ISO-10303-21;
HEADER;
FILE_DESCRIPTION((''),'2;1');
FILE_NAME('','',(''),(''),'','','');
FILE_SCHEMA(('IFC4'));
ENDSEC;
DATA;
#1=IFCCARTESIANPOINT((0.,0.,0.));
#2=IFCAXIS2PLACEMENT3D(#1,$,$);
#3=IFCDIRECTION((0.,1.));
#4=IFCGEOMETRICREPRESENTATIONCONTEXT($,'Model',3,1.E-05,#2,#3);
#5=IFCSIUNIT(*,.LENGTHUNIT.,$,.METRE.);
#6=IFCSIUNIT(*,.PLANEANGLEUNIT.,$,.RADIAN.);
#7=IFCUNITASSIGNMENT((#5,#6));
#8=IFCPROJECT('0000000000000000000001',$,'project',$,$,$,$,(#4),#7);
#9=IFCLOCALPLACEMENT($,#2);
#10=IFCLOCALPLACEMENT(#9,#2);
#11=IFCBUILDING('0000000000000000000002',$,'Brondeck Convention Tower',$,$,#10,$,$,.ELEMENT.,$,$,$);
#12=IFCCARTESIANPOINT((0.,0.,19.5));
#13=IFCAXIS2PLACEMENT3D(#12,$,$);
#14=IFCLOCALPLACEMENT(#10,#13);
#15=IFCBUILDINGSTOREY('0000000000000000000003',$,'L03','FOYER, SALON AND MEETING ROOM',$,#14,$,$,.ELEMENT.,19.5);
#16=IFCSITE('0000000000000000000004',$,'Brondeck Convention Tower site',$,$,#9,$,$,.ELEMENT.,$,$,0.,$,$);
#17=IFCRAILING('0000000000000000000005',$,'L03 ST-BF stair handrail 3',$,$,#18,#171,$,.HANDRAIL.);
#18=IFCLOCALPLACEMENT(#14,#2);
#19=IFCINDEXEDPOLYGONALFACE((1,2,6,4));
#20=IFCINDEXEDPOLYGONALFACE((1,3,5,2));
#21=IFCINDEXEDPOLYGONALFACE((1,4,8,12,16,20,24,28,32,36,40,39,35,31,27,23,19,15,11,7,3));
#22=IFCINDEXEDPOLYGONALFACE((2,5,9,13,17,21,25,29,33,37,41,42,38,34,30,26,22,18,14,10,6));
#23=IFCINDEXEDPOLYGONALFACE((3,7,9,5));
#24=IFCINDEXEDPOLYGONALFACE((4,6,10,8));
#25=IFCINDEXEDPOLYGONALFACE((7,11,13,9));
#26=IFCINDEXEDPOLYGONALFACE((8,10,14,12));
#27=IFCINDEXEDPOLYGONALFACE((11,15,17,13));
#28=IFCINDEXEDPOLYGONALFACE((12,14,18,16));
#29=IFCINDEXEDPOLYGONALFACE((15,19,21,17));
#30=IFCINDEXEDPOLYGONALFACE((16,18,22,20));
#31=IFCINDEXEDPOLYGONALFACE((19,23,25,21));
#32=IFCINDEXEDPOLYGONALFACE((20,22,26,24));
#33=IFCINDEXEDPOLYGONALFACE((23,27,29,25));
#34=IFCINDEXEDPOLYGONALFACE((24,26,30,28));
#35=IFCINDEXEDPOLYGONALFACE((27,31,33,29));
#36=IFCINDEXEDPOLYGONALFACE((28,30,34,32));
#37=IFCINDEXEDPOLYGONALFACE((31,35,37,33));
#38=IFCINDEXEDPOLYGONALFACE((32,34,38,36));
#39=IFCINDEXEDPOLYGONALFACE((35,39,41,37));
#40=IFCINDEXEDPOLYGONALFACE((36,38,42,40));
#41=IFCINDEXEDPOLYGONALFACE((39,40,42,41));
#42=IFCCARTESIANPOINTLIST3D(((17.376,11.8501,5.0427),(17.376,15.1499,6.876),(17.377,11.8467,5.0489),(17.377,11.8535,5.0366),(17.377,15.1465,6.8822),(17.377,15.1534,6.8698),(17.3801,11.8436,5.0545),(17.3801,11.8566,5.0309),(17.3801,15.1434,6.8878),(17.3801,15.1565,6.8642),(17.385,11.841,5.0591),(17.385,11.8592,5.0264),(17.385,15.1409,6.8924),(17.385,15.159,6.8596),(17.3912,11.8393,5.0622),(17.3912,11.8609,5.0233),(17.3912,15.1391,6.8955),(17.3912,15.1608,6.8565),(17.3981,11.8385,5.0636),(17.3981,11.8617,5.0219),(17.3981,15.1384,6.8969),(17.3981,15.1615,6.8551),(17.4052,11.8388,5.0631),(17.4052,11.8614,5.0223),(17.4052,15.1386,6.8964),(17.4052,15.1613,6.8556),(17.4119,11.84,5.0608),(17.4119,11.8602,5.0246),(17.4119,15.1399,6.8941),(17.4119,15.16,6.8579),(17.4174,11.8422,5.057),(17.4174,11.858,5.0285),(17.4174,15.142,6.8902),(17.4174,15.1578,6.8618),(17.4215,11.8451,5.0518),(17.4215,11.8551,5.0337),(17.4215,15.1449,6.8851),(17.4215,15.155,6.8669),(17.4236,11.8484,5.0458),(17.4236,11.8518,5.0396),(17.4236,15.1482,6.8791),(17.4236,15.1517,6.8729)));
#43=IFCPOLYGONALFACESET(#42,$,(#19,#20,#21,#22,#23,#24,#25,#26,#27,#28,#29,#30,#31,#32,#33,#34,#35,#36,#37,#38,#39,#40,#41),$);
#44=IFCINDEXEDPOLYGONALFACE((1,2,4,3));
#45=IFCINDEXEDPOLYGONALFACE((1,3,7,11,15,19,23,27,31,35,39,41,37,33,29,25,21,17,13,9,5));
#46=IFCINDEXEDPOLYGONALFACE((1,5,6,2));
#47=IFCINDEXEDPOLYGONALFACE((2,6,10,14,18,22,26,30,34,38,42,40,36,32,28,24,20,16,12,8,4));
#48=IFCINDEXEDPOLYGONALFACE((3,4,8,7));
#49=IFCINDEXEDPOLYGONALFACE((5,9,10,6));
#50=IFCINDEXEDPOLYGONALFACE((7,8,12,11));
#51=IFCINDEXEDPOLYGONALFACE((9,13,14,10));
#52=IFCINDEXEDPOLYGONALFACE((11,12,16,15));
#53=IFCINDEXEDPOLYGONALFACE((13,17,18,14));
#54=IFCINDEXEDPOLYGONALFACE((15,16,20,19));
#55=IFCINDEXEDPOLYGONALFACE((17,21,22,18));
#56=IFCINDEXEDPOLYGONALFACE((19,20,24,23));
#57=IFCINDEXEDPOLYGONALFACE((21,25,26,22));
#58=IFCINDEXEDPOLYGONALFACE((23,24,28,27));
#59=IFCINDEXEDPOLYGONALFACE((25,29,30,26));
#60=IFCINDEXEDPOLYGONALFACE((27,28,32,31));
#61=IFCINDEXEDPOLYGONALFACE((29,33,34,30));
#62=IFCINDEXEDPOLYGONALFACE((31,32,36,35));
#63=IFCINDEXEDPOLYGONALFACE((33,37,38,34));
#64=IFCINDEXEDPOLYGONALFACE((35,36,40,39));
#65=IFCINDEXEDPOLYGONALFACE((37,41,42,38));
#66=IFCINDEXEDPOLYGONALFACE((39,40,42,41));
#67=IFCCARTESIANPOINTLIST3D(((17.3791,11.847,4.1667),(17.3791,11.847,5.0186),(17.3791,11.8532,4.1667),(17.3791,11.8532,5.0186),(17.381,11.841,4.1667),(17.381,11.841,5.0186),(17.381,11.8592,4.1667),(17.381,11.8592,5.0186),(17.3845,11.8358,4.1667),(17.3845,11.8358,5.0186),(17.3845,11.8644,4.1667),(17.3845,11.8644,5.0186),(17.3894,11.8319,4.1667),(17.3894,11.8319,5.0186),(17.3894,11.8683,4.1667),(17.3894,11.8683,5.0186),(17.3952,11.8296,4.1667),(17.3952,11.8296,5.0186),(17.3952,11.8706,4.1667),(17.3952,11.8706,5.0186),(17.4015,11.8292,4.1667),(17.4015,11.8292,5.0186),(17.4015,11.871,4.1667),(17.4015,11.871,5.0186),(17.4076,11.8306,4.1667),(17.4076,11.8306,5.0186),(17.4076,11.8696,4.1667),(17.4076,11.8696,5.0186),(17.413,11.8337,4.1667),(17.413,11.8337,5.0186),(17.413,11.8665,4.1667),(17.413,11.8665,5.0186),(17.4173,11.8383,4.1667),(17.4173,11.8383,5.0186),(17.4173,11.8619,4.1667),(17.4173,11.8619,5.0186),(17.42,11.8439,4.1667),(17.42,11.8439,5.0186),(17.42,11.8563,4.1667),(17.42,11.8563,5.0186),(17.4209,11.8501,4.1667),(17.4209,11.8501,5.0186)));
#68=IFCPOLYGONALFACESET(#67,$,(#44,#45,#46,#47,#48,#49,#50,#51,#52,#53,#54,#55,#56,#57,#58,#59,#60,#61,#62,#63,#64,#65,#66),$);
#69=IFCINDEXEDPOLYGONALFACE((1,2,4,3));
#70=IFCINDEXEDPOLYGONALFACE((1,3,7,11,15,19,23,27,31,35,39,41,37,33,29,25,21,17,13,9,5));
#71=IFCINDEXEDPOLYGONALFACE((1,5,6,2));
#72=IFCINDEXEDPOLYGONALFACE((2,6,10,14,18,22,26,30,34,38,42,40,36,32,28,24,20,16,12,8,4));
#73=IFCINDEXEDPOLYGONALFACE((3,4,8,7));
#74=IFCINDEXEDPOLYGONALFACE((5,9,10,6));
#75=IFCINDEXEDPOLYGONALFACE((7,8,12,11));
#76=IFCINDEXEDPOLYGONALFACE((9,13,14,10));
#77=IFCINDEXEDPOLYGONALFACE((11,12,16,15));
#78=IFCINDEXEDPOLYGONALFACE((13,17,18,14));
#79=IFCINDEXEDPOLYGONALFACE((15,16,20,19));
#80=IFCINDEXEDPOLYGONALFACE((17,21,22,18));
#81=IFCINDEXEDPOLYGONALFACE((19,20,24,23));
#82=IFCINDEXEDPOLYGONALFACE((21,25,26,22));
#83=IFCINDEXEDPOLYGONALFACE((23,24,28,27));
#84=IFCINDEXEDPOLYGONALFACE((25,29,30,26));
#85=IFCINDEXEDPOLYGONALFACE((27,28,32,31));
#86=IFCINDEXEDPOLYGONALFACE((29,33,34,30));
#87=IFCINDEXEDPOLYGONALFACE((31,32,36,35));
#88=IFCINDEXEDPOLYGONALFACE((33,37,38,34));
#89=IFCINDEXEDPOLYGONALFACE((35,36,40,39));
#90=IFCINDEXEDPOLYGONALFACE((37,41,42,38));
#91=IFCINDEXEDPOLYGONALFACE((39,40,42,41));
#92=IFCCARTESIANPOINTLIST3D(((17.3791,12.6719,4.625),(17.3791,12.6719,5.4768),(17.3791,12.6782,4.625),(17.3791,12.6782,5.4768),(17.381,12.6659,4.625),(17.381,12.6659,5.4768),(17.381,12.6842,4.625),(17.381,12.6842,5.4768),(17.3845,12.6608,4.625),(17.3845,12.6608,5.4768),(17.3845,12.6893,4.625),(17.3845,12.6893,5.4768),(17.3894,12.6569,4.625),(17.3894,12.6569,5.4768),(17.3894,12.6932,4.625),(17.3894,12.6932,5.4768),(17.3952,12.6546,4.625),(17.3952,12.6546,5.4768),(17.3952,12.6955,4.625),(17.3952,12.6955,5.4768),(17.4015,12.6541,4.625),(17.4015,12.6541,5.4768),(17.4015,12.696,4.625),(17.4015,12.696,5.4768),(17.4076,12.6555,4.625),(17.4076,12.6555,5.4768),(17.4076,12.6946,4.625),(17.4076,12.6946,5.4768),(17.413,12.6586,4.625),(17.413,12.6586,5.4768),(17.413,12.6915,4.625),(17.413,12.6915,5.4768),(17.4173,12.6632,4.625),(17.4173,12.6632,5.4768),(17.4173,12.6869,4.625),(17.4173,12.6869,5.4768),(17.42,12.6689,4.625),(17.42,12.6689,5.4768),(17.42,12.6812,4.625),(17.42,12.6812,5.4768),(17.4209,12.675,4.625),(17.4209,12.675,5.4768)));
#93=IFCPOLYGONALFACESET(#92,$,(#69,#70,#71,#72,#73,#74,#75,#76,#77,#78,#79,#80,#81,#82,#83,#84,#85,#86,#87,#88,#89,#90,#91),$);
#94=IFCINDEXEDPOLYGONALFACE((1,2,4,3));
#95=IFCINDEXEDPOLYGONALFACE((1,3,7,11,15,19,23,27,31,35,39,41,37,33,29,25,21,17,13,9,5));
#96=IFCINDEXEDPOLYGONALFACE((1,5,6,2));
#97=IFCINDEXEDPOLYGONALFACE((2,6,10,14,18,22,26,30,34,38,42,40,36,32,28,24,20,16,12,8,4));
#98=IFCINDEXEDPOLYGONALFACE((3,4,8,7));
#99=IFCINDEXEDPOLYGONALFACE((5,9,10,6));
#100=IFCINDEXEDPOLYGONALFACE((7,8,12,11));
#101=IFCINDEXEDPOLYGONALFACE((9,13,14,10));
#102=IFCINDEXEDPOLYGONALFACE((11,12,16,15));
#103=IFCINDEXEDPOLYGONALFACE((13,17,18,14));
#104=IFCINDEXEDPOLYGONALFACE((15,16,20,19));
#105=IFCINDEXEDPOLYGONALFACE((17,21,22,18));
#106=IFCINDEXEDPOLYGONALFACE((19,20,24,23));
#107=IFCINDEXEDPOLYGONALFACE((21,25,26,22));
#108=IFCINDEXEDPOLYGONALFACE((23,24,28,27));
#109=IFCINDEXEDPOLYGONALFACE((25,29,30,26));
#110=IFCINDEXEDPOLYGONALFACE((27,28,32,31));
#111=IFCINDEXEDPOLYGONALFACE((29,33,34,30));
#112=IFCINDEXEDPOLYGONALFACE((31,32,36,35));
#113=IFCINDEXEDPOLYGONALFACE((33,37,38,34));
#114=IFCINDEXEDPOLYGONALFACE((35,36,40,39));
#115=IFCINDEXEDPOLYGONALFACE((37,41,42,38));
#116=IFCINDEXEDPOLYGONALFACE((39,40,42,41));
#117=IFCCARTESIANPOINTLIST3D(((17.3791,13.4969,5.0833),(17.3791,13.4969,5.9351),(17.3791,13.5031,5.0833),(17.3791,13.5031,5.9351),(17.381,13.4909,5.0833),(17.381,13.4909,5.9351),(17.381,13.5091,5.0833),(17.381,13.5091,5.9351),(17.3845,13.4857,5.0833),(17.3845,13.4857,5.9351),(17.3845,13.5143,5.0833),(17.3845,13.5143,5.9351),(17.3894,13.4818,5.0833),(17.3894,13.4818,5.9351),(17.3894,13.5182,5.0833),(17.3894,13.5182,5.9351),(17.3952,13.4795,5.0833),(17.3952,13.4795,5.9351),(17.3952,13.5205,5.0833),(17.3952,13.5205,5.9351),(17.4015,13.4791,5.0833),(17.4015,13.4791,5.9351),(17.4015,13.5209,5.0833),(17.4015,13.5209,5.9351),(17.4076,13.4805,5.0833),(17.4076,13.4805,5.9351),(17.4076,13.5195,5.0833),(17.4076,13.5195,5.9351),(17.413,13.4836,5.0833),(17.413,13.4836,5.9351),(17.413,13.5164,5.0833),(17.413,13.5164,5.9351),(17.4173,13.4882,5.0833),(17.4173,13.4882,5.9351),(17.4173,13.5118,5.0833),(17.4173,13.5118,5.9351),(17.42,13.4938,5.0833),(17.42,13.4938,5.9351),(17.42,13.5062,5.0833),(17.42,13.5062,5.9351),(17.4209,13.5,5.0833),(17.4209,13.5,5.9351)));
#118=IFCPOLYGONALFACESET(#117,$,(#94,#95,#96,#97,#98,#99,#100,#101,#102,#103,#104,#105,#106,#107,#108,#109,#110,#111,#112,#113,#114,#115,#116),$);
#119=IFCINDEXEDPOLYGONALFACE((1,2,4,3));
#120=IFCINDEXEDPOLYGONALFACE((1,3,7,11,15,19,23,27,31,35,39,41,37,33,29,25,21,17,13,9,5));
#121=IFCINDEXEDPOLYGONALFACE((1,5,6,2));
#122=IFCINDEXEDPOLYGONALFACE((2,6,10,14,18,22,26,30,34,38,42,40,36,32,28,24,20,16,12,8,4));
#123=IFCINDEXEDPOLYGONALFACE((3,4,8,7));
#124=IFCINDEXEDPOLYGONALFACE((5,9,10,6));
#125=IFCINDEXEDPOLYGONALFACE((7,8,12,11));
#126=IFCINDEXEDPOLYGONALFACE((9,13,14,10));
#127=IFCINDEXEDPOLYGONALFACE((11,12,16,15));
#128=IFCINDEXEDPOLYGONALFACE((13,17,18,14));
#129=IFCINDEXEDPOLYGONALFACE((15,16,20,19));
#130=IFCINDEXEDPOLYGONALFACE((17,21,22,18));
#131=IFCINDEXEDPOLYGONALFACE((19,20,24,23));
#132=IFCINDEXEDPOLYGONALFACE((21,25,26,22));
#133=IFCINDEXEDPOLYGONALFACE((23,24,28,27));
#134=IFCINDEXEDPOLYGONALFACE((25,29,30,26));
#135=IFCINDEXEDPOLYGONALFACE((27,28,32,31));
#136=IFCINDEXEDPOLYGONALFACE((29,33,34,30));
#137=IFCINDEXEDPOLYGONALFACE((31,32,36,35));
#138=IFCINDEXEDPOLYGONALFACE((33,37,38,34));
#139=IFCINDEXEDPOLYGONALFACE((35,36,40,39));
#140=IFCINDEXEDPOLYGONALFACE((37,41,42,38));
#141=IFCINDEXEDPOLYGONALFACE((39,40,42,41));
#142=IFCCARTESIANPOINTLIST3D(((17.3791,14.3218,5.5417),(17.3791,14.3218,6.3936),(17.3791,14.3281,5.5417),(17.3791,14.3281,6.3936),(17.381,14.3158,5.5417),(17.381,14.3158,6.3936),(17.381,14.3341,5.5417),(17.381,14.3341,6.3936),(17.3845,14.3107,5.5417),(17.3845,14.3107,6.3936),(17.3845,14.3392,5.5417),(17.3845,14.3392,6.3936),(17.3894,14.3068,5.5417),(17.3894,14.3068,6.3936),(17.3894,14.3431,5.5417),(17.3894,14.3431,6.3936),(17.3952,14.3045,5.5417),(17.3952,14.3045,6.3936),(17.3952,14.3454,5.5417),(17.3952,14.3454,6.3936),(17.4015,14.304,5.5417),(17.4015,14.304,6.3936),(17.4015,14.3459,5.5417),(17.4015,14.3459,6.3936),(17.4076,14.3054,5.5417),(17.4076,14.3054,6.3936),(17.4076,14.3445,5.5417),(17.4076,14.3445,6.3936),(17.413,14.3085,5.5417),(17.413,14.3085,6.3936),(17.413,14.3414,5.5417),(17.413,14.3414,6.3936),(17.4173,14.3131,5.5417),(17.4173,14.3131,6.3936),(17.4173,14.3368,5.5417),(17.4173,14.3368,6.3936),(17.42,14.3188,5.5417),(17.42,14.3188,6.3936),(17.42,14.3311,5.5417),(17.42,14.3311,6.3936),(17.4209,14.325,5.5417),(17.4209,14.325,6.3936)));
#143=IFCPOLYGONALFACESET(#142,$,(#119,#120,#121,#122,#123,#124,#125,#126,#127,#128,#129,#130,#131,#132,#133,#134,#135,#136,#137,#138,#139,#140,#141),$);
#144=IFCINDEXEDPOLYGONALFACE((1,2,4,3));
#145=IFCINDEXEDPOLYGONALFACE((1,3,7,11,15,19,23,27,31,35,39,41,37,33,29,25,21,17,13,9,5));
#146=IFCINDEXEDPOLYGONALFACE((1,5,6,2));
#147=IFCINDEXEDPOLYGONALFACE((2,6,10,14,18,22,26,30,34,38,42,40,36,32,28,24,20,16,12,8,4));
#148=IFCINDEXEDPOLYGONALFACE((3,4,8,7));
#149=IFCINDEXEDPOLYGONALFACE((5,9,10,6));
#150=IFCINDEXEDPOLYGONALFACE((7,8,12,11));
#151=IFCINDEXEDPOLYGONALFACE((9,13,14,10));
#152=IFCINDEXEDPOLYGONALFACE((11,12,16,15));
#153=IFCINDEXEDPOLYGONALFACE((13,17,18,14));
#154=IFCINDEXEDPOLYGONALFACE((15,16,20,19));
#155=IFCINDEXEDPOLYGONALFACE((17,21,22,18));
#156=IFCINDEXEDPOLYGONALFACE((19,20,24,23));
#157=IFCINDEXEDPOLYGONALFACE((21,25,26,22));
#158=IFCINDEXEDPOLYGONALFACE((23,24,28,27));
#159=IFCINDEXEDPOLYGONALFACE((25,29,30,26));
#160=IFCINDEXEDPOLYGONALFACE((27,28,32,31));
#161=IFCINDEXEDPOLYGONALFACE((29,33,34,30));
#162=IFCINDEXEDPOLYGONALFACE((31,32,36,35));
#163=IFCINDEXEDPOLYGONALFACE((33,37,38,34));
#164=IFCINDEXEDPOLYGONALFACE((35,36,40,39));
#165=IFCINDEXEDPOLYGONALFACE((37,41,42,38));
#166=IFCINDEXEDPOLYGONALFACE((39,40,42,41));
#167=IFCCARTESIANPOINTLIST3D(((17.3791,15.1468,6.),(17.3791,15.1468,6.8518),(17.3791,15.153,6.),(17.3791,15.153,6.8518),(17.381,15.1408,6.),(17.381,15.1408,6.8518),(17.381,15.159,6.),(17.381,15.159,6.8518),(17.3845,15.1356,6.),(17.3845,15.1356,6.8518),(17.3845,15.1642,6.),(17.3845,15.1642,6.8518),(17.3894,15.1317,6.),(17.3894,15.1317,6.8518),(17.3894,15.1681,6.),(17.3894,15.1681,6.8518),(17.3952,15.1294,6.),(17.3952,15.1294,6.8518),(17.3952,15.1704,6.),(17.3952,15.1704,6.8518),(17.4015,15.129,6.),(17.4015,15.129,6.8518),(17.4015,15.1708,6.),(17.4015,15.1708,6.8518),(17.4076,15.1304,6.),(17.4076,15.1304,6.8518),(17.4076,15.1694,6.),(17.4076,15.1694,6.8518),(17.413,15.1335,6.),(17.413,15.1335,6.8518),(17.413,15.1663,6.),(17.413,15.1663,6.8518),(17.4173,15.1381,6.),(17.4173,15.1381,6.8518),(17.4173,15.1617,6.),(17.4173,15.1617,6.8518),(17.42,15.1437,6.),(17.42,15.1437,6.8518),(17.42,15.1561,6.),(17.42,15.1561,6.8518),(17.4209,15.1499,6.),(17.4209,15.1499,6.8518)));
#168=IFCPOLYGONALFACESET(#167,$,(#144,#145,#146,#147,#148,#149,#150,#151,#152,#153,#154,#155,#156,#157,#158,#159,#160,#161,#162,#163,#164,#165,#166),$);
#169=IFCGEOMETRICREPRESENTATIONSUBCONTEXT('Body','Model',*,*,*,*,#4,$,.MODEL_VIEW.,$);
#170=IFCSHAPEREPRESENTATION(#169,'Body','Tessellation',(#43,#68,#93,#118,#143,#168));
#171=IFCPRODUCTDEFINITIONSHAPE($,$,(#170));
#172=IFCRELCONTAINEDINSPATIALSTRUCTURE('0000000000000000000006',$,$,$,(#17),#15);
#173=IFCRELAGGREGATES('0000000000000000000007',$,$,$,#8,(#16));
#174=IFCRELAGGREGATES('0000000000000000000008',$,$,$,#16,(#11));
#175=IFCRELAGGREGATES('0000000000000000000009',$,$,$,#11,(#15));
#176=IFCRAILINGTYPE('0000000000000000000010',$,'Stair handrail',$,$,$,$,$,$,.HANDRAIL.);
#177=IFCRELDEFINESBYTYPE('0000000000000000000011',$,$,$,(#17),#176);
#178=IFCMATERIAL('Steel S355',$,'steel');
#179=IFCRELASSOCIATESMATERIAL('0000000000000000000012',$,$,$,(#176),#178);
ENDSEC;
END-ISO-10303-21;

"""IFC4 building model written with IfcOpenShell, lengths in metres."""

from ifc_helpers import new_model, si_unit, direction, frame, origin, origin_2d, place, context, subcontext, project, spatial, circle, extrude, material, type_object, element, save


model = new_model("IFC4")

# Units and contexts
model_context = context("Model", 3, precision=1e-05, world=origin(), true_north=direction((0.0, 1.0)))
body_context = subcontext(model_context, "Body", "Model", "MODEL_VIEW")
ifc_project = project(units=[si_unit("LENGTHUNIT", "METRE"), si_unit("PLANEANGLEUNIT", "RADIAN")], contexts=[model_context])

# Site, building, storey
site_placement = place(None, origin())
site = spatial("IfcSite", under=ifc_project, at=site_placement, Name="Brondeck Convention Tower site", CompositionType="ELEMENT", RefElevation=0.0)
building_placement = place(site_placement, origin())
building = spatial("IfcBuilding", under=site, at=building_placement, Name="Brondeck Convention Tower", CompositionType="ELEMENT")
storey_placement = place(building_placement, frame((0.0, 0.0, 19.5)))
storey = spatial("IfcBuildingStorey", under=building, at=storey_placement, Name="L03", Description="FOYER, SALON AND MEETING ROOM", CompositionType="ELEMENT", Elevation=19.5)

# Shared definitions
ifc_material_1 = material(Name="Steel S355", Category="steel")

# Railing
railing_type_1 = type_object("IfcRailingType", Name="Stair handrail", PredefinedType="HANDRAIL", material=ifc_material_1)
railing_1_placement = place(storey_placement, frame((17.3999, 11.8501, 4.1667)))
element("IfcRailing", 1, at=railing_1_placement, inside=storey, type_object=railing_type_1, Name="L03 ST-BF stair handrail 3", PredefinedType="HANDRAIL", context=body_context, shape_type="SweptSolid", body=[
    extrude(circle(Radius=0.0239, at=origin_2d()), frame((0.0, 0.0, 0.876), z_axis=(0.0, 0.874154, 0.485648), x_axis=(-1.0, 0.0, 0.0)), (0.0, 0.0, 1.0), 3.7749),
    extrude(circle(Radius=0.021, at=origin_2d()), origin(), (0.0, 0.0, 1.0), 0.8518),
    extrude(circle(Radius=0.021, at=origin_2d()), frame((0.0, 0.825, 0.4583)), (0.0, 0.0, 1.0), 0.8518),
    extrude(circle(Radius=0.021, at=origin_2d()), frame((0.0, 1.6499, 0.9165)), (0.0, 0.0, 1.0), 0.8518),
    extrude(circle(Radius=0.021, at=origin_2d()), frame((0.0, 2.4749, 1.375)), (0.0, 0.0, 1.0), 0.8518),
    extrude(circle(Radius=0.021, at=origin_2d()), frame((0.0, 3.2998, 1.8333)), (0.0, 0.0, 1.0), 0.8518),
])

save(model, "model.ifc")
